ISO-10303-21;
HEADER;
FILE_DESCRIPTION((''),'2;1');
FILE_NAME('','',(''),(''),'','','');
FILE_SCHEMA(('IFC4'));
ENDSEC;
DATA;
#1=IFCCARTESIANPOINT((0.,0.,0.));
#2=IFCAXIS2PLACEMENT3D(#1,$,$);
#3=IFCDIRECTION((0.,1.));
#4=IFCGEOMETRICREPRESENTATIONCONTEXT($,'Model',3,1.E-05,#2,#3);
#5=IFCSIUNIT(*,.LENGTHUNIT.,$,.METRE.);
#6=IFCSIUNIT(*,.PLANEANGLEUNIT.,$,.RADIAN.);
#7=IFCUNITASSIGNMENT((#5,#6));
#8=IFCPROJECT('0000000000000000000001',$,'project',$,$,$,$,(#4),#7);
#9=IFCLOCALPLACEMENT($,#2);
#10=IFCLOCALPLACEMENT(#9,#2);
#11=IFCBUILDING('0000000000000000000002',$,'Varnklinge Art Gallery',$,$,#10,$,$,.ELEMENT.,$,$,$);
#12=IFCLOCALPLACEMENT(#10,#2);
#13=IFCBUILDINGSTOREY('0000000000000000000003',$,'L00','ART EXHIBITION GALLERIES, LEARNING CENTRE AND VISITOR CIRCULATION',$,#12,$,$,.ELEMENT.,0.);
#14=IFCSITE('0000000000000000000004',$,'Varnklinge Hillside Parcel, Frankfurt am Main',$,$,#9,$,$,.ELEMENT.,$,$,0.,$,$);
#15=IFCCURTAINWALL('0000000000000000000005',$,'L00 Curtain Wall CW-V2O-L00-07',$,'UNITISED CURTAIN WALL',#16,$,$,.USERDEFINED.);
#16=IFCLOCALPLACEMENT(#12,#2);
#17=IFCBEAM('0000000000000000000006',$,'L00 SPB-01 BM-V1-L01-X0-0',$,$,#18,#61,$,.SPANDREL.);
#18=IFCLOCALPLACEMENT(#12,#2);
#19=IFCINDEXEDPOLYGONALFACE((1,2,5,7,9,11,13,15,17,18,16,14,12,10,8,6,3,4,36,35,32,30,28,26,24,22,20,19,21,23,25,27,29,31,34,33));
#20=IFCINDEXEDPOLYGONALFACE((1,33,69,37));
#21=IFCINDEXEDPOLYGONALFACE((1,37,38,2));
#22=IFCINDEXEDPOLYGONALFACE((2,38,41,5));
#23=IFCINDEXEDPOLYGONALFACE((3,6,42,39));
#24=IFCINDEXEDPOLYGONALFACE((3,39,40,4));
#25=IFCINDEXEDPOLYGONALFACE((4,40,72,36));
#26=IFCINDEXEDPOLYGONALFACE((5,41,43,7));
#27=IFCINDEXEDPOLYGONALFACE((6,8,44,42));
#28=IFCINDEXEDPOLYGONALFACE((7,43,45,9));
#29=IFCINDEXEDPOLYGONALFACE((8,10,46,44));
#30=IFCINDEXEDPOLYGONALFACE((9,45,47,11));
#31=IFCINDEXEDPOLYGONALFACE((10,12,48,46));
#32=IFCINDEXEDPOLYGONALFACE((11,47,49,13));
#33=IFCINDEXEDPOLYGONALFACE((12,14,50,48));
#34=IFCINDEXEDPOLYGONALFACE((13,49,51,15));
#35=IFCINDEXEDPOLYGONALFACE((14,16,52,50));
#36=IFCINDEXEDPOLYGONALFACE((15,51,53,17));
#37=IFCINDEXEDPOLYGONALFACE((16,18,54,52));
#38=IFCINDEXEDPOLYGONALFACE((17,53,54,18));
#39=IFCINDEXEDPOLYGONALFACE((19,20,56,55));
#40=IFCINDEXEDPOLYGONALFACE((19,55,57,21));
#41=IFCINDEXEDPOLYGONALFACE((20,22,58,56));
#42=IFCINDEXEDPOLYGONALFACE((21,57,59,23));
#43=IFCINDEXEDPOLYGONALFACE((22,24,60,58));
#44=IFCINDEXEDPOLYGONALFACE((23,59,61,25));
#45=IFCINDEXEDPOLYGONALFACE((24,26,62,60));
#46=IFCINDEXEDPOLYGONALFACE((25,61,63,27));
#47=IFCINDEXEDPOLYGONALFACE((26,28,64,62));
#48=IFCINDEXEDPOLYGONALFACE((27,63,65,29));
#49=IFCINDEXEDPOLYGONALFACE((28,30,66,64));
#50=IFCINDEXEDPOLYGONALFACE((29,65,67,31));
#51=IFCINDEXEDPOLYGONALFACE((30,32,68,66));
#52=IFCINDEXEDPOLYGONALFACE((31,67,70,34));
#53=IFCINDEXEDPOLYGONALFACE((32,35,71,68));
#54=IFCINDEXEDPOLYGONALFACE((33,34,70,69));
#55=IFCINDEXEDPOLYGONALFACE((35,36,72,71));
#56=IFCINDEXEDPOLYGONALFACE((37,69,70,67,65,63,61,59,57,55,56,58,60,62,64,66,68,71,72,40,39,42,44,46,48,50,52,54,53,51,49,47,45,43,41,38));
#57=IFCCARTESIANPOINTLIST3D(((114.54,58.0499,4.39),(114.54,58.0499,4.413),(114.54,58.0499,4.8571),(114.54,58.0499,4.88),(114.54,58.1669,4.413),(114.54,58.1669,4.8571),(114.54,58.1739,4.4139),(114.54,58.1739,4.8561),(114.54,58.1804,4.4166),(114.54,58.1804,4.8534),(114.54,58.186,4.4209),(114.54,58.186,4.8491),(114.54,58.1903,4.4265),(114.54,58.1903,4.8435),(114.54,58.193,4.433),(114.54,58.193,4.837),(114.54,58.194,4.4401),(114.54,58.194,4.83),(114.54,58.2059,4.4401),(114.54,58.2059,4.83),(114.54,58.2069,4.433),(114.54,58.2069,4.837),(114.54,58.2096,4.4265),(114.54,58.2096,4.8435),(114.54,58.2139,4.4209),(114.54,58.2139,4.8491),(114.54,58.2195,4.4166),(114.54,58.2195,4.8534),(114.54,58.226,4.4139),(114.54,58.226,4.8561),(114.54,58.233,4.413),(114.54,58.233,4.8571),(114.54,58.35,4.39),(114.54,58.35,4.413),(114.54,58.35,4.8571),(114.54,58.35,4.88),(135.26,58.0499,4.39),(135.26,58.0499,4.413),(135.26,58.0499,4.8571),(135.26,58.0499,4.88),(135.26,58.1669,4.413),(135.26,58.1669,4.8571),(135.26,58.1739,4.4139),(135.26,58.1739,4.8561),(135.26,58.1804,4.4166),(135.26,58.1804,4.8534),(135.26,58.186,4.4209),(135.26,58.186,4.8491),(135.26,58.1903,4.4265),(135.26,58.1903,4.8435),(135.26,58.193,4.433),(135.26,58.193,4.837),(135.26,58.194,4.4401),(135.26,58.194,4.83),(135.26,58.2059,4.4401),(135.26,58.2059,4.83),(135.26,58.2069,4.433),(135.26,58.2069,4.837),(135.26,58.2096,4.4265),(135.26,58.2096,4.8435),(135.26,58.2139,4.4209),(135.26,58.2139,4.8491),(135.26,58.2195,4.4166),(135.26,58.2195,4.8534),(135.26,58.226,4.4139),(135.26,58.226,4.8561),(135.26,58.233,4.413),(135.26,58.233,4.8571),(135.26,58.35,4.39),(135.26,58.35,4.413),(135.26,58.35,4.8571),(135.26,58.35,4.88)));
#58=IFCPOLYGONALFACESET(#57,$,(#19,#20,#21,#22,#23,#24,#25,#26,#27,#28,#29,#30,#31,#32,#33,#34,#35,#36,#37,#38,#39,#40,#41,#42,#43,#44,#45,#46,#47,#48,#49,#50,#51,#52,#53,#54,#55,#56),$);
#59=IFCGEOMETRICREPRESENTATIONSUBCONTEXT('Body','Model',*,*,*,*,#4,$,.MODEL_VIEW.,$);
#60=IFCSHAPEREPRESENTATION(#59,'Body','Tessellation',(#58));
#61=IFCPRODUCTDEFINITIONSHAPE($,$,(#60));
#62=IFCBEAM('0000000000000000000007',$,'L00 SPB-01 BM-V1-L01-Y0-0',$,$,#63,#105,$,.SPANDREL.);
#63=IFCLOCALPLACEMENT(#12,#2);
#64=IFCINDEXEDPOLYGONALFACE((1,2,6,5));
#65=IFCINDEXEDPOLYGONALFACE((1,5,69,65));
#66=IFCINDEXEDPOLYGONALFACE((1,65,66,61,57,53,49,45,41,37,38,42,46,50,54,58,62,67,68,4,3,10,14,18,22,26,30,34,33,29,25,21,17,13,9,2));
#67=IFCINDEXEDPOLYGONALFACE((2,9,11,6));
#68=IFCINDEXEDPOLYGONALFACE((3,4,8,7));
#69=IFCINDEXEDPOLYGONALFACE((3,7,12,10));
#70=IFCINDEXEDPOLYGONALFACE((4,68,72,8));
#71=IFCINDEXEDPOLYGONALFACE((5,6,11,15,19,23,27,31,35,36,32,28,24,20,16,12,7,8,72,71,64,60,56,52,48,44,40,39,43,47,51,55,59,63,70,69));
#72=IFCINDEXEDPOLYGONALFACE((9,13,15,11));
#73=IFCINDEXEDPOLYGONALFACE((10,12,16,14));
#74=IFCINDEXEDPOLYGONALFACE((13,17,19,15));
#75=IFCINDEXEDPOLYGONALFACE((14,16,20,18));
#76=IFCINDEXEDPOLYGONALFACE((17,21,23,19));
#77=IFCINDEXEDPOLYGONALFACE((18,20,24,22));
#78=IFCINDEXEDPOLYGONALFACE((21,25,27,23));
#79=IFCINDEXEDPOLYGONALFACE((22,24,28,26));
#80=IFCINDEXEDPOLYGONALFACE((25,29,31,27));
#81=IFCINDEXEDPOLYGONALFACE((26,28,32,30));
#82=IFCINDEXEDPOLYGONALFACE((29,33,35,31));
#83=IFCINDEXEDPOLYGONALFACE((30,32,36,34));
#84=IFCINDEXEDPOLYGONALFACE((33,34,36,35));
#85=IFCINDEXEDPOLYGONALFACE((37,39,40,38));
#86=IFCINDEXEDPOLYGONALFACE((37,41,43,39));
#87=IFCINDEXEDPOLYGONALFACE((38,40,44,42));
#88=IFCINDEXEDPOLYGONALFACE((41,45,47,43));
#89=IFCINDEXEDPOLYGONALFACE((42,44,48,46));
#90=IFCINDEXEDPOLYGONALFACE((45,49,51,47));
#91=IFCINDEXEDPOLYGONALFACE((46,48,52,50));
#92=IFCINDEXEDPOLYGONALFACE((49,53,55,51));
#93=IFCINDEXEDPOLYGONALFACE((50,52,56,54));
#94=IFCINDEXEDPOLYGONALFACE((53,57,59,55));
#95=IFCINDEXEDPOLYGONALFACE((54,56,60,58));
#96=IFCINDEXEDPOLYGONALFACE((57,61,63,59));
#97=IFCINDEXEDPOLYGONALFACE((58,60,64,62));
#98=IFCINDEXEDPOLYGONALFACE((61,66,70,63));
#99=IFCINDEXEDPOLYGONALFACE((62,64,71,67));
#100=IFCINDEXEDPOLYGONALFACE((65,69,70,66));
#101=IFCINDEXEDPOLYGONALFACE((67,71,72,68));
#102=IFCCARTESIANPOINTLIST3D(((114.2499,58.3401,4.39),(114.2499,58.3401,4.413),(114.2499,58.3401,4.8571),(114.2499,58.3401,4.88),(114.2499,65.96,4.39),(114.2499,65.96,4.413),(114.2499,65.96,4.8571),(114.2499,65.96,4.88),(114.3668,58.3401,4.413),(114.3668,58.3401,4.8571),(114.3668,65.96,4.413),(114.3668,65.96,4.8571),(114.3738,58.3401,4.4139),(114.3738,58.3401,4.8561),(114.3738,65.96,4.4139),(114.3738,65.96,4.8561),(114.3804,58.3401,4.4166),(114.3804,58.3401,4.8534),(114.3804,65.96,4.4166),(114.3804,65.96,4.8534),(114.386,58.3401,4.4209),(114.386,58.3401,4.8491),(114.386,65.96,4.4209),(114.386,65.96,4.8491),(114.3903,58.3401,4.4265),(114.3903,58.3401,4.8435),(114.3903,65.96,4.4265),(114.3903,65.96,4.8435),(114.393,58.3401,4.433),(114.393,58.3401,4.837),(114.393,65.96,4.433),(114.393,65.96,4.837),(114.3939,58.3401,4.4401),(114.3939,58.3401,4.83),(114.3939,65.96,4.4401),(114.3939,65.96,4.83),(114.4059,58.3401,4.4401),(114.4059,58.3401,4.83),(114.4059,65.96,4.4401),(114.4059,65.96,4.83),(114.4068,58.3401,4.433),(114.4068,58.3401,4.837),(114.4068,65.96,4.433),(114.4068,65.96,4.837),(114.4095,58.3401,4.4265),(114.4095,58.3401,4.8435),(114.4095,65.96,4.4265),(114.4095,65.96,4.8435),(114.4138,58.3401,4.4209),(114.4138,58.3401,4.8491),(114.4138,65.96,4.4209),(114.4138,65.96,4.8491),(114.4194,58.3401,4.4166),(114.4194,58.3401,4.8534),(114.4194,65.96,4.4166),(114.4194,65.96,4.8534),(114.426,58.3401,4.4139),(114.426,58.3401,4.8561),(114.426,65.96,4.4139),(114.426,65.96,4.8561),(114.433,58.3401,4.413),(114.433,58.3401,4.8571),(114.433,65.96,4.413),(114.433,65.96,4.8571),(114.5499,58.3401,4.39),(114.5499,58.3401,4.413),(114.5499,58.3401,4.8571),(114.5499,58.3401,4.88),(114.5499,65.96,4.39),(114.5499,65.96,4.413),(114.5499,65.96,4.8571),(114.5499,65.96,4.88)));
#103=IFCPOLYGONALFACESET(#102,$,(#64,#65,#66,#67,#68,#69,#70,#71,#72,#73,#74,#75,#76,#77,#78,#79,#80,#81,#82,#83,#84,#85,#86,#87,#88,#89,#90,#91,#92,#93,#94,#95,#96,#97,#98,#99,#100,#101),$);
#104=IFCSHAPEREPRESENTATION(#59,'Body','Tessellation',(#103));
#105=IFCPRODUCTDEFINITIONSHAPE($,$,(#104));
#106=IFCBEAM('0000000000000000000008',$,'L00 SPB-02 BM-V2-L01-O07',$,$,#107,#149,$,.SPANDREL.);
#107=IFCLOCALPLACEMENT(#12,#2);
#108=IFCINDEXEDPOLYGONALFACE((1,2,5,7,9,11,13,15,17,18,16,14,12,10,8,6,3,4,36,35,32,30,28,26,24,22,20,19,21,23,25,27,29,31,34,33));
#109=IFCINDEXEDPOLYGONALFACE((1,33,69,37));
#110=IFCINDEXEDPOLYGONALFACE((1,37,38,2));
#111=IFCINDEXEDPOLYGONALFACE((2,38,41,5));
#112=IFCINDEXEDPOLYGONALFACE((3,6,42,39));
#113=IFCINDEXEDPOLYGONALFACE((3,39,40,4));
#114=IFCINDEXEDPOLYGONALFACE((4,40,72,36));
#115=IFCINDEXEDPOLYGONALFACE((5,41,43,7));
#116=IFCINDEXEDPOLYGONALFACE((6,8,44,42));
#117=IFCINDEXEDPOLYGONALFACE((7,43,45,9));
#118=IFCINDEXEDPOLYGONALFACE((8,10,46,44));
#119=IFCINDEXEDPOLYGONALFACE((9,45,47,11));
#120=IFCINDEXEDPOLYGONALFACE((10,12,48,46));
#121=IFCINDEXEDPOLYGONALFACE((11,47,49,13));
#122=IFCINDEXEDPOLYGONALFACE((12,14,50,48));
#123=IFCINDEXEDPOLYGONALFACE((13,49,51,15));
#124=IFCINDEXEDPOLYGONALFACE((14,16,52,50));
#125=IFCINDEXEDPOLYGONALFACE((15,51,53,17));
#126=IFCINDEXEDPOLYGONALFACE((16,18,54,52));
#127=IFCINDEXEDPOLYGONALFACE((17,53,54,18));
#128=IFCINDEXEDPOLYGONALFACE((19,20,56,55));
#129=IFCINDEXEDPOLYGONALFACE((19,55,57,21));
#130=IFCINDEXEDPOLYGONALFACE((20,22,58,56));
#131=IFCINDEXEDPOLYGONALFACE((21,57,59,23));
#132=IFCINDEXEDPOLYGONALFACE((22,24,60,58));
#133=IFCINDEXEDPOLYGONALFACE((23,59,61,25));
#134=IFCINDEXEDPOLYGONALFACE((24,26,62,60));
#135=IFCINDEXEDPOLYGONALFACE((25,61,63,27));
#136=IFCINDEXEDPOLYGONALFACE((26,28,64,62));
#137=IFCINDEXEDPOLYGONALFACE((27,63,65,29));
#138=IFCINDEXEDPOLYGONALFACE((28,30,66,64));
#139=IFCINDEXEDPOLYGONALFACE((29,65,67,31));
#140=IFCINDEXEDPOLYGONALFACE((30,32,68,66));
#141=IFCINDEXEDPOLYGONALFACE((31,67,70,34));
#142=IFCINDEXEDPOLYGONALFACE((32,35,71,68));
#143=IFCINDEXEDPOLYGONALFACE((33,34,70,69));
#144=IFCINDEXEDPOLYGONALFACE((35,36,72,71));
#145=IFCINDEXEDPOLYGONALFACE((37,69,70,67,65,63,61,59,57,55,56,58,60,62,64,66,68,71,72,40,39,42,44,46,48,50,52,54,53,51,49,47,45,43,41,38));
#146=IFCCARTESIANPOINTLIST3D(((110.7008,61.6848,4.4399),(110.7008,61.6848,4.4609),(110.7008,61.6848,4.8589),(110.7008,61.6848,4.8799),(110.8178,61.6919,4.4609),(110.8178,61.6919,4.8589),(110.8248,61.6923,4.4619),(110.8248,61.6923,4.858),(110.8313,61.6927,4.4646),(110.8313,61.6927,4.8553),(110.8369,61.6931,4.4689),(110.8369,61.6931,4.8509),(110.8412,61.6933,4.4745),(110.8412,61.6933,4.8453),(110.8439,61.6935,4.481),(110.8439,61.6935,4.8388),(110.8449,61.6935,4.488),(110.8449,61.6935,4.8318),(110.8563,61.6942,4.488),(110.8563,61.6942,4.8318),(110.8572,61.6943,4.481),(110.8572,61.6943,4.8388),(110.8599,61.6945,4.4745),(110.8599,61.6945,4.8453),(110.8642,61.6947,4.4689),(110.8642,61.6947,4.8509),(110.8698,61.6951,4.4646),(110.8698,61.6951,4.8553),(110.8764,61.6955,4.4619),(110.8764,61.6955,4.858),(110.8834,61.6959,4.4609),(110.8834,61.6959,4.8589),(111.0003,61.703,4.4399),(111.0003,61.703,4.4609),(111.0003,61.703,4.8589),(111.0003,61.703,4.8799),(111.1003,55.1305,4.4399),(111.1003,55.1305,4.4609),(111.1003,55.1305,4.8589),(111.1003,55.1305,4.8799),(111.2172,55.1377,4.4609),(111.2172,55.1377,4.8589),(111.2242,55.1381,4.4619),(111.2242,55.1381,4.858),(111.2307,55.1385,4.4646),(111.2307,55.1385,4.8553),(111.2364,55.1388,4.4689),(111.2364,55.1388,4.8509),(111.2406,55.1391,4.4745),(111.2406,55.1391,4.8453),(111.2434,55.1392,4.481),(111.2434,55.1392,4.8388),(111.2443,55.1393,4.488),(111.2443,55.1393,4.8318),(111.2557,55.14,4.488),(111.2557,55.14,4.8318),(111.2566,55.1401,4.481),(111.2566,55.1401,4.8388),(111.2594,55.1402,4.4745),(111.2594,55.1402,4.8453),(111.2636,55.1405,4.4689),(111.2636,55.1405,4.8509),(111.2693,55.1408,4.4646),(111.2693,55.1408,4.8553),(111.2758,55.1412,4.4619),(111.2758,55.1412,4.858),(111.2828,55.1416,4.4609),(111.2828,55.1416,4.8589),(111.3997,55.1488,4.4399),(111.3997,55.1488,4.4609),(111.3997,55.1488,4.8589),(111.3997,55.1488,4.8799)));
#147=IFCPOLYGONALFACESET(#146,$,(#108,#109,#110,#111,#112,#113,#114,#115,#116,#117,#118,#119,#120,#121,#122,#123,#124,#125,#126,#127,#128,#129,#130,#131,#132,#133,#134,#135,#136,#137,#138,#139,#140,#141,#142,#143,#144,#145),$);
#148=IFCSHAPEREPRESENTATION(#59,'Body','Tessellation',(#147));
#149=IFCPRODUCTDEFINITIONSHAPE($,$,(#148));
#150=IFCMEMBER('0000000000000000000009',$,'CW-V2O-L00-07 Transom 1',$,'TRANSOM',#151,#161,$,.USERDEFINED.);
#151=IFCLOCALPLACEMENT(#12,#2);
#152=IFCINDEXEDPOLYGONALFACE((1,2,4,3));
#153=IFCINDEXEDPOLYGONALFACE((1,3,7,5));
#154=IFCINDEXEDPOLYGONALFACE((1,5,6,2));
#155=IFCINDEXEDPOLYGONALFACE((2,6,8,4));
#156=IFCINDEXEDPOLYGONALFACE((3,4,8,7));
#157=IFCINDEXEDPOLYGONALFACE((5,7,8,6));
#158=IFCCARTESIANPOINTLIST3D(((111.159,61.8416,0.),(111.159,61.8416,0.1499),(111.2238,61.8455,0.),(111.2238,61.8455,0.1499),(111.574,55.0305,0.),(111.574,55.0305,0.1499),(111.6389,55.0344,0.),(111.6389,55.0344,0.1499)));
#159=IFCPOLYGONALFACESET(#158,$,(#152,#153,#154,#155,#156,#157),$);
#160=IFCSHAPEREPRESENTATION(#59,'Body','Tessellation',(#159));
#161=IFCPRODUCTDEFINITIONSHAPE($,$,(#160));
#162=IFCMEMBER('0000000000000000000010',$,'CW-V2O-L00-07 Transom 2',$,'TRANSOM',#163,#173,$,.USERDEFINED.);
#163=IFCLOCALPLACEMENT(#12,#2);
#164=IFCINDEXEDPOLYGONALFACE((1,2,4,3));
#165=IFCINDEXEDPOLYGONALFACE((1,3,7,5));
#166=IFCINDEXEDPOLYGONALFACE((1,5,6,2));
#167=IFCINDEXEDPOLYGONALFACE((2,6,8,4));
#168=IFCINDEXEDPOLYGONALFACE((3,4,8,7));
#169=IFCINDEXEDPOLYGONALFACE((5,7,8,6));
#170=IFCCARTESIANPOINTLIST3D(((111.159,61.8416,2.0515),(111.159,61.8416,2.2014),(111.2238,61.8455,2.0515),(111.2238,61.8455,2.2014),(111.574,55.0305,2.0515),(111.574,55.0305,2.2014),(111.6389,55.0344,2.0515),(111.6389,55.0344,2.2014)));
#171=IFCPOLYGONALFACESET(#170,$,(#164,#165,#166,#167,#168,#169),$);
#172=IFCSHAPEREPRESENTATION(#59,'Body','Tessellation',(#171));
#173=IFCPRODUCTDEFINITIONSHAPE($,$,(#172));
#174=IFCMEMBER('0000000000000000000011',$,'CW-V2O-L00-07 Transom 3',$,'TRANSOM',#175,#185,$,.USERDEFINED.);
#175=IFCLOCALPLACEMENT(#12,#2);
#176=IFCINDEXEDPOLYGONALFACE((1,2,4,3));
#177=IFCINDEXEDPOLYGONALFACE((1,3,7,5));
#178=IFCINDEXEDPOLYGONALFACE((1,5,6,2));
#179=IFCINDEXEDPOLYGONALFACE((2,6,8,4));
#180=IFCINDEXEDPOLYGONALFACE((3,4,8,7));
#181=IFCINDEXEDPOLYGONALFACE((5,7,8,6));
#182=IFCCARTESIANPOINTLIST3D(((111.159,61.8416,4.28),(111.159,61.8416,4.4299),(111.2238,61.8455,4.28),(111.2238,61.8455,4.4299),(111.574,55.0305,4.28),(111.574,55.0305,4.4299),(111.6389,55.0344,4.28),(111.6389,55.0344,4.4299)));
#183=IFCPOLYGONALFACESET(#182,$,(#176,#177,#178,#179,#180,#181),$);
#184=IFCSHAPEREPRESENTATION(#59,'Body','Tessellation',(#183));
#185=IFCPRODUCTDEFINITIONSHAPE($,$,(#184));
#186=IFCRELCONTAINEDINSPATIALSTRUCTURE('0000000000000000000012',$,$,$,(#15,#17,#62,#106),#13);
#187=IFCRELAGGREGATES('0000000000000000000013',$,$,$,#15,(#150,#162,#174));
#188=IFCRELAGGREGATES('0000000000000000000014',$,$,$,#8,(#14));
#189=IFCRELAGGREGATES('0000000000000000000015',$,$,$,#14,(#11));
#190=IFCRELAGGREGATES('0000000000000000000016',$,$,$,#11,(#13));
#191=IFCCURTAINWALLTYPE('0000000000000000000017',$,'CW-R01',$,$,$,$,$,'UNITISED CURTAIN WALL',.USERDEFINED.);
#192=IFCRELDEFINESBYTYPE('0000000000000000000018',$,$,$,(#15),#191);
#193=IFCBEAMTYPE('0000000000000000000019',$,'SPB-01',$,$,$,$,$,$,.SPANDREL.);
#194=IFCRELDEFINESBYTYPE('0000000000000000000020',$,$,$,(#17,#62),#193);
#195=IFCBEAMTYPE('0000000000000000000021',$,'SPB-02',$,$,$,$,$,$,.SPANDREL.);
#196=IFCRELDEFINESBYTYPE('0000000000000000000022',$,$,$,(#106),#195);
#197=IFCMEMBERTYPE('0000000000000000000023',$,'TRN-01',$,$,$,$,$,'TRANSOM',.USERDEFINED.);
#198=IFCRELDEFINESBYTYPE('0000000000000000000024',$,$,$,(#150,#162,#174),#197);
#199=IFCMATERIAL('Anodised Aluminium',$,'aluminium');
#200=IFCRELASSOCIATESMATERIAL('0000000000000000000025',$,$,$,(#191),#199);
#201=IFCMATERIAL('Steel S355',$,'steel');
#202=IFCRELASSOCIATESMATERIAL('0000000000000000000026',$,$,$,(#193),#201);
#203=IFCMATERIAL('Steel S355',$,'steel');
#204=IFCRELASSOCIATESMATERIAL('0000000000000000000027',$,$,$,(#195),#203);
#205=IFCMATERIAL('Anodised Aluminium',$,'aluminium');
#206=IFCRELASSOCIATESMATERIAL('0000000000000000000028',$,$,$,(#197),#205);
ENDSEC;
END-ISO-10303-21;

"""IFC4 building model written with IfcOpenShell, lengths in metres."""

from ifc_helpers import new_model, si_unit, direction, frame, origin, origin_2d, place, context, subcontext, project, spatial, rectangle, i_section, extrude, material, material_profile, profile_set, type_object, element, aggregate, save


model = new_model("IFC4")

# Units and contexts
model_context = context("Model", 3, precision=1e-05, world=origin(), true_north=direction((0.0, 1.0)))
body_context = subcontext(model_context, "Body", "Model", "MODEL_VIEW")
ifc_project = project(units=[si_unit("LENGTHUNIT", "METRE"), si_unit("PLANEANGLEUNIT", "RADIAN")], contexts=[model_context])

# Site, building, storey
site_placement = place(None, origin())
site = spatial("IfcSite", under=ifc_project, at=site_placement, Name="Varnklinge Hillside Parcel, Frankfurt am Main", CompositionType="ELEMENT", RefElevation=0.0)
building_placement = place(site_placement, origin())
building = spatial("IfcBuilding", under=site, at=building_placement, Name="Varnklinge Art Gallery", CompositionType="ELEMENT")
storey_placement = place(building_placement, origin())
storey = spatial("IfcBuildingStorey", under=building, at=storey_placement, Name="L00", Description="ART EXHIBITION GALLERIES, LEARNING CENTRE AND VISITOR CIRCULATION", CompositionType="ELEMENT", Elevation=0.0)

# Curtain wall
ifc_material_1 = material(Name="Anodised Aluminium", Category="aluminium")
curtain_wall_type = type_object("IfcCurtainWallType", Name="CW-R01", ElementType="UNITISED CURTAIN WALL", PredefinedType="USERDEFINED", material=ifc_material_1)
curtain_wall_placement = place(storey_placement, origin())
curtain_wall = element("IfcCurtainWall", 1, at=curtain_wall_placement, inside=storey, type_object=curtain_wall_type, Name="L00 Curtain Wall CW-V2O-L00-07", ObjectType="UNITISED CURTAIN WALL", PredefinedType="USERDEFINED")

# Beams
ifc_material_2 = material(Name="Steel S355", Category="steel")
ifc_material_profile_1 = material_profile(ifc_material_2, i_section(OverallWidth=0.3, OverallDepth=0.49, WebThickness=0.012, FlangeThickness=0.0229, FilletRadius=0.0271, at=origin_2d()), Name="HEA 500")
ifc_profile_set_1 = profile_set([ifc_material_profile_1], Name="Steel S355")
beam_type_1 = type_object("IfcBeamType", Name="SPB-01", PredefinedType="SPANDREL", material=ifc_profile_set_1)
beam_1_placement = place(storey_placement, frame((114.54, 58.2, 4.635), z_axis=(1.0, 0.0, 0.0), x_axis=(0.0, 1.0, 0.0)))
element("IfcBeam", 2, at=beam_1_placement, inside=storey, type_object=beam_type_1, Name="L00 SPB-01 BM-V1-L01-X0-0", PredefinedType="SPANDREL", context=body_context, shape_type="SweptSolid", body=[
    extrude(i_section(OverallWidth=0.3, OverallDepth=0.49, WebThickness=0.012, FlangeThickness=0.0229, FilletRadius=0.0271, at=origin_2d()), origin(), (0.0, 0.0, 1.0), 20.72),
])
beam_2_placement = place(storey_placement, frame((114.3999, 58.3401, 4.635), z_axis=(0.0, 1.0, 0.0), x_axis=(-1.0, 0.0, 0.0)))
element("IfcBeam", 3, at=beam_2_placement, inside=storey, type_object=beam_type_1, Name="L00 SPB-01 BM-V1-L01-Y0-0", PredefinedType="SPANDREL", context=body_context, shape_type="SweptSolid", body=[
    extrude(i_section(OverallWidth=0.3, OverallDepth=0.49, WebThickness=0.012, FlangeThickness=0.0229, FilletRadius=0.0271, at=origin_2d()), origin(), (0.0, 0.0, 1.0), 7.6199),
])
ifc_material_3 = material(Name="Steel S355", Category="steel")
ifc_material_profile_2 = material_profile(ifc_material_3, i_section(OverallWidth=0.3, OverallDepth=0.4399, WebThickness=0.0115, FlangeThickness=0.021, FilletRadius=0.0271, at=origin_2d()), Name="HEA 450")
ifc_profile_set_2 = profile_set([ifc_material_profile_2], Name="Steel S355")
beam_type_2 = type_object("IfcBeamType", Name="SPB-02", PredefinedType="SPANDREL", material=ifc_profile_set_2)
beam_3_placement = place(storey_placement, frame((111.25, 55.1396, 4.6599), z_axis=(-0.060827, 0.998148, 0.0), x_axis=(-0.998148, -0.060827, 0.0)))
element("IfcBeam", 4, at=beam_3_placement, inside=storey, type_object=beam_type_2, Name="L00 SPB-02 BM-V2-L01-O07", PredefinedType="SPANDREL", context=body_context, shape_type="SweptSolid", body=[
    extrude(i_section(OverallWidth=0.3, OverallDepth=0.4399, WebThickness=0.0115, FlangeThickness=0.021, FilletRadius=0.0271, at=origin_2d()), origin(), (0.0, 0.0, 1.0), 6.5664),
])

# Members
ifc_material_4 = material(Name="Anodised Aluminium", Category="aluminium")
ifc_material_profile_3 = material_profile(ifc_material_4, rectangle(XDim=0.0649, YDim=0.1499, at=origin_2d()), Name="ALU 65x150")
ifc_profile_set_3 = profile_set([ifc_material_profile_3], Name="Anodised Aluminium")
member_type_1 = type_object("IfcMemberType", Name="TRN-01", ElementType="TRANSOM", PredefinedType="USERDEFINED", material=ifc_profile_set_3)
member_1_placement = place(storey_placement, frame((111.6064, 55.0325, 0.075), z_axis=(-0.060823, 0.998149, 0.0), x_axis=(-0.998149, -0.060823, 0.0)))
member_1 = element("IfcMember", 5, at=member_1_placement, type_object=member_type_1, Name="CW-V2O-L00-07 Transom 1", ObjectType="TRANSOM", PredefinedType="USERDEFINED", context=body_context, shape_type="SweptSolid", body=[
    extrude(rectangle(XDim=0.0649, YDim=0.1499, at=origin_2d()), origin(), (0.0, 0.0, 1.0), 6.8237),
])
member_2_placement = place(storey_placement, frame((111.6064, 55.0325, 2.1265), z_axis=(-0.060823, 0.998149, 0.0), x_axis=(-0.998149, -0.060823, 0.0)))
member_2 = element("IfcMember", 6, at=member_2_placement, type_object=member_type_1, Name="CW-V2O-L00-07 Transom 2", ObjectType="TRANSOM", PredefinedType="USERDEFINED", context=body_context, shape_type="SweptSolid", body=[
    extrude(rectangle(XDim=0.0649, YDim=0.1499, at=origin_2d()), origin(), (0.0, 0.0, 1.0), 6.8237),
])
member_3_placement = place(storey_placement, frame((111.6064, 55.0325, 4.355), z_axis=(-0.060823, 0.998149, 0.0), x_axis=(-0.998149, -0.060823, 0.0)))
member_3 = element("IfcMember", 7, at=member_3_placement, type_object=member_type_1, Name="CW-V2O-L00-07 Transom 3", ObjectType="TRANSOM", PredefinedType="USERDEFINED", context=body_context, shape_type="SweptSolid", body=[
    extrude(rectangle(XDim=0.0649, YDim=0.1499, at=origin_2d()), origin(), (0.0, 0.0, 1.0), 6.8237),
])

aggregate(curtain_wall, [member_1, member_2, member_3])

save(model, "model.ifc")
